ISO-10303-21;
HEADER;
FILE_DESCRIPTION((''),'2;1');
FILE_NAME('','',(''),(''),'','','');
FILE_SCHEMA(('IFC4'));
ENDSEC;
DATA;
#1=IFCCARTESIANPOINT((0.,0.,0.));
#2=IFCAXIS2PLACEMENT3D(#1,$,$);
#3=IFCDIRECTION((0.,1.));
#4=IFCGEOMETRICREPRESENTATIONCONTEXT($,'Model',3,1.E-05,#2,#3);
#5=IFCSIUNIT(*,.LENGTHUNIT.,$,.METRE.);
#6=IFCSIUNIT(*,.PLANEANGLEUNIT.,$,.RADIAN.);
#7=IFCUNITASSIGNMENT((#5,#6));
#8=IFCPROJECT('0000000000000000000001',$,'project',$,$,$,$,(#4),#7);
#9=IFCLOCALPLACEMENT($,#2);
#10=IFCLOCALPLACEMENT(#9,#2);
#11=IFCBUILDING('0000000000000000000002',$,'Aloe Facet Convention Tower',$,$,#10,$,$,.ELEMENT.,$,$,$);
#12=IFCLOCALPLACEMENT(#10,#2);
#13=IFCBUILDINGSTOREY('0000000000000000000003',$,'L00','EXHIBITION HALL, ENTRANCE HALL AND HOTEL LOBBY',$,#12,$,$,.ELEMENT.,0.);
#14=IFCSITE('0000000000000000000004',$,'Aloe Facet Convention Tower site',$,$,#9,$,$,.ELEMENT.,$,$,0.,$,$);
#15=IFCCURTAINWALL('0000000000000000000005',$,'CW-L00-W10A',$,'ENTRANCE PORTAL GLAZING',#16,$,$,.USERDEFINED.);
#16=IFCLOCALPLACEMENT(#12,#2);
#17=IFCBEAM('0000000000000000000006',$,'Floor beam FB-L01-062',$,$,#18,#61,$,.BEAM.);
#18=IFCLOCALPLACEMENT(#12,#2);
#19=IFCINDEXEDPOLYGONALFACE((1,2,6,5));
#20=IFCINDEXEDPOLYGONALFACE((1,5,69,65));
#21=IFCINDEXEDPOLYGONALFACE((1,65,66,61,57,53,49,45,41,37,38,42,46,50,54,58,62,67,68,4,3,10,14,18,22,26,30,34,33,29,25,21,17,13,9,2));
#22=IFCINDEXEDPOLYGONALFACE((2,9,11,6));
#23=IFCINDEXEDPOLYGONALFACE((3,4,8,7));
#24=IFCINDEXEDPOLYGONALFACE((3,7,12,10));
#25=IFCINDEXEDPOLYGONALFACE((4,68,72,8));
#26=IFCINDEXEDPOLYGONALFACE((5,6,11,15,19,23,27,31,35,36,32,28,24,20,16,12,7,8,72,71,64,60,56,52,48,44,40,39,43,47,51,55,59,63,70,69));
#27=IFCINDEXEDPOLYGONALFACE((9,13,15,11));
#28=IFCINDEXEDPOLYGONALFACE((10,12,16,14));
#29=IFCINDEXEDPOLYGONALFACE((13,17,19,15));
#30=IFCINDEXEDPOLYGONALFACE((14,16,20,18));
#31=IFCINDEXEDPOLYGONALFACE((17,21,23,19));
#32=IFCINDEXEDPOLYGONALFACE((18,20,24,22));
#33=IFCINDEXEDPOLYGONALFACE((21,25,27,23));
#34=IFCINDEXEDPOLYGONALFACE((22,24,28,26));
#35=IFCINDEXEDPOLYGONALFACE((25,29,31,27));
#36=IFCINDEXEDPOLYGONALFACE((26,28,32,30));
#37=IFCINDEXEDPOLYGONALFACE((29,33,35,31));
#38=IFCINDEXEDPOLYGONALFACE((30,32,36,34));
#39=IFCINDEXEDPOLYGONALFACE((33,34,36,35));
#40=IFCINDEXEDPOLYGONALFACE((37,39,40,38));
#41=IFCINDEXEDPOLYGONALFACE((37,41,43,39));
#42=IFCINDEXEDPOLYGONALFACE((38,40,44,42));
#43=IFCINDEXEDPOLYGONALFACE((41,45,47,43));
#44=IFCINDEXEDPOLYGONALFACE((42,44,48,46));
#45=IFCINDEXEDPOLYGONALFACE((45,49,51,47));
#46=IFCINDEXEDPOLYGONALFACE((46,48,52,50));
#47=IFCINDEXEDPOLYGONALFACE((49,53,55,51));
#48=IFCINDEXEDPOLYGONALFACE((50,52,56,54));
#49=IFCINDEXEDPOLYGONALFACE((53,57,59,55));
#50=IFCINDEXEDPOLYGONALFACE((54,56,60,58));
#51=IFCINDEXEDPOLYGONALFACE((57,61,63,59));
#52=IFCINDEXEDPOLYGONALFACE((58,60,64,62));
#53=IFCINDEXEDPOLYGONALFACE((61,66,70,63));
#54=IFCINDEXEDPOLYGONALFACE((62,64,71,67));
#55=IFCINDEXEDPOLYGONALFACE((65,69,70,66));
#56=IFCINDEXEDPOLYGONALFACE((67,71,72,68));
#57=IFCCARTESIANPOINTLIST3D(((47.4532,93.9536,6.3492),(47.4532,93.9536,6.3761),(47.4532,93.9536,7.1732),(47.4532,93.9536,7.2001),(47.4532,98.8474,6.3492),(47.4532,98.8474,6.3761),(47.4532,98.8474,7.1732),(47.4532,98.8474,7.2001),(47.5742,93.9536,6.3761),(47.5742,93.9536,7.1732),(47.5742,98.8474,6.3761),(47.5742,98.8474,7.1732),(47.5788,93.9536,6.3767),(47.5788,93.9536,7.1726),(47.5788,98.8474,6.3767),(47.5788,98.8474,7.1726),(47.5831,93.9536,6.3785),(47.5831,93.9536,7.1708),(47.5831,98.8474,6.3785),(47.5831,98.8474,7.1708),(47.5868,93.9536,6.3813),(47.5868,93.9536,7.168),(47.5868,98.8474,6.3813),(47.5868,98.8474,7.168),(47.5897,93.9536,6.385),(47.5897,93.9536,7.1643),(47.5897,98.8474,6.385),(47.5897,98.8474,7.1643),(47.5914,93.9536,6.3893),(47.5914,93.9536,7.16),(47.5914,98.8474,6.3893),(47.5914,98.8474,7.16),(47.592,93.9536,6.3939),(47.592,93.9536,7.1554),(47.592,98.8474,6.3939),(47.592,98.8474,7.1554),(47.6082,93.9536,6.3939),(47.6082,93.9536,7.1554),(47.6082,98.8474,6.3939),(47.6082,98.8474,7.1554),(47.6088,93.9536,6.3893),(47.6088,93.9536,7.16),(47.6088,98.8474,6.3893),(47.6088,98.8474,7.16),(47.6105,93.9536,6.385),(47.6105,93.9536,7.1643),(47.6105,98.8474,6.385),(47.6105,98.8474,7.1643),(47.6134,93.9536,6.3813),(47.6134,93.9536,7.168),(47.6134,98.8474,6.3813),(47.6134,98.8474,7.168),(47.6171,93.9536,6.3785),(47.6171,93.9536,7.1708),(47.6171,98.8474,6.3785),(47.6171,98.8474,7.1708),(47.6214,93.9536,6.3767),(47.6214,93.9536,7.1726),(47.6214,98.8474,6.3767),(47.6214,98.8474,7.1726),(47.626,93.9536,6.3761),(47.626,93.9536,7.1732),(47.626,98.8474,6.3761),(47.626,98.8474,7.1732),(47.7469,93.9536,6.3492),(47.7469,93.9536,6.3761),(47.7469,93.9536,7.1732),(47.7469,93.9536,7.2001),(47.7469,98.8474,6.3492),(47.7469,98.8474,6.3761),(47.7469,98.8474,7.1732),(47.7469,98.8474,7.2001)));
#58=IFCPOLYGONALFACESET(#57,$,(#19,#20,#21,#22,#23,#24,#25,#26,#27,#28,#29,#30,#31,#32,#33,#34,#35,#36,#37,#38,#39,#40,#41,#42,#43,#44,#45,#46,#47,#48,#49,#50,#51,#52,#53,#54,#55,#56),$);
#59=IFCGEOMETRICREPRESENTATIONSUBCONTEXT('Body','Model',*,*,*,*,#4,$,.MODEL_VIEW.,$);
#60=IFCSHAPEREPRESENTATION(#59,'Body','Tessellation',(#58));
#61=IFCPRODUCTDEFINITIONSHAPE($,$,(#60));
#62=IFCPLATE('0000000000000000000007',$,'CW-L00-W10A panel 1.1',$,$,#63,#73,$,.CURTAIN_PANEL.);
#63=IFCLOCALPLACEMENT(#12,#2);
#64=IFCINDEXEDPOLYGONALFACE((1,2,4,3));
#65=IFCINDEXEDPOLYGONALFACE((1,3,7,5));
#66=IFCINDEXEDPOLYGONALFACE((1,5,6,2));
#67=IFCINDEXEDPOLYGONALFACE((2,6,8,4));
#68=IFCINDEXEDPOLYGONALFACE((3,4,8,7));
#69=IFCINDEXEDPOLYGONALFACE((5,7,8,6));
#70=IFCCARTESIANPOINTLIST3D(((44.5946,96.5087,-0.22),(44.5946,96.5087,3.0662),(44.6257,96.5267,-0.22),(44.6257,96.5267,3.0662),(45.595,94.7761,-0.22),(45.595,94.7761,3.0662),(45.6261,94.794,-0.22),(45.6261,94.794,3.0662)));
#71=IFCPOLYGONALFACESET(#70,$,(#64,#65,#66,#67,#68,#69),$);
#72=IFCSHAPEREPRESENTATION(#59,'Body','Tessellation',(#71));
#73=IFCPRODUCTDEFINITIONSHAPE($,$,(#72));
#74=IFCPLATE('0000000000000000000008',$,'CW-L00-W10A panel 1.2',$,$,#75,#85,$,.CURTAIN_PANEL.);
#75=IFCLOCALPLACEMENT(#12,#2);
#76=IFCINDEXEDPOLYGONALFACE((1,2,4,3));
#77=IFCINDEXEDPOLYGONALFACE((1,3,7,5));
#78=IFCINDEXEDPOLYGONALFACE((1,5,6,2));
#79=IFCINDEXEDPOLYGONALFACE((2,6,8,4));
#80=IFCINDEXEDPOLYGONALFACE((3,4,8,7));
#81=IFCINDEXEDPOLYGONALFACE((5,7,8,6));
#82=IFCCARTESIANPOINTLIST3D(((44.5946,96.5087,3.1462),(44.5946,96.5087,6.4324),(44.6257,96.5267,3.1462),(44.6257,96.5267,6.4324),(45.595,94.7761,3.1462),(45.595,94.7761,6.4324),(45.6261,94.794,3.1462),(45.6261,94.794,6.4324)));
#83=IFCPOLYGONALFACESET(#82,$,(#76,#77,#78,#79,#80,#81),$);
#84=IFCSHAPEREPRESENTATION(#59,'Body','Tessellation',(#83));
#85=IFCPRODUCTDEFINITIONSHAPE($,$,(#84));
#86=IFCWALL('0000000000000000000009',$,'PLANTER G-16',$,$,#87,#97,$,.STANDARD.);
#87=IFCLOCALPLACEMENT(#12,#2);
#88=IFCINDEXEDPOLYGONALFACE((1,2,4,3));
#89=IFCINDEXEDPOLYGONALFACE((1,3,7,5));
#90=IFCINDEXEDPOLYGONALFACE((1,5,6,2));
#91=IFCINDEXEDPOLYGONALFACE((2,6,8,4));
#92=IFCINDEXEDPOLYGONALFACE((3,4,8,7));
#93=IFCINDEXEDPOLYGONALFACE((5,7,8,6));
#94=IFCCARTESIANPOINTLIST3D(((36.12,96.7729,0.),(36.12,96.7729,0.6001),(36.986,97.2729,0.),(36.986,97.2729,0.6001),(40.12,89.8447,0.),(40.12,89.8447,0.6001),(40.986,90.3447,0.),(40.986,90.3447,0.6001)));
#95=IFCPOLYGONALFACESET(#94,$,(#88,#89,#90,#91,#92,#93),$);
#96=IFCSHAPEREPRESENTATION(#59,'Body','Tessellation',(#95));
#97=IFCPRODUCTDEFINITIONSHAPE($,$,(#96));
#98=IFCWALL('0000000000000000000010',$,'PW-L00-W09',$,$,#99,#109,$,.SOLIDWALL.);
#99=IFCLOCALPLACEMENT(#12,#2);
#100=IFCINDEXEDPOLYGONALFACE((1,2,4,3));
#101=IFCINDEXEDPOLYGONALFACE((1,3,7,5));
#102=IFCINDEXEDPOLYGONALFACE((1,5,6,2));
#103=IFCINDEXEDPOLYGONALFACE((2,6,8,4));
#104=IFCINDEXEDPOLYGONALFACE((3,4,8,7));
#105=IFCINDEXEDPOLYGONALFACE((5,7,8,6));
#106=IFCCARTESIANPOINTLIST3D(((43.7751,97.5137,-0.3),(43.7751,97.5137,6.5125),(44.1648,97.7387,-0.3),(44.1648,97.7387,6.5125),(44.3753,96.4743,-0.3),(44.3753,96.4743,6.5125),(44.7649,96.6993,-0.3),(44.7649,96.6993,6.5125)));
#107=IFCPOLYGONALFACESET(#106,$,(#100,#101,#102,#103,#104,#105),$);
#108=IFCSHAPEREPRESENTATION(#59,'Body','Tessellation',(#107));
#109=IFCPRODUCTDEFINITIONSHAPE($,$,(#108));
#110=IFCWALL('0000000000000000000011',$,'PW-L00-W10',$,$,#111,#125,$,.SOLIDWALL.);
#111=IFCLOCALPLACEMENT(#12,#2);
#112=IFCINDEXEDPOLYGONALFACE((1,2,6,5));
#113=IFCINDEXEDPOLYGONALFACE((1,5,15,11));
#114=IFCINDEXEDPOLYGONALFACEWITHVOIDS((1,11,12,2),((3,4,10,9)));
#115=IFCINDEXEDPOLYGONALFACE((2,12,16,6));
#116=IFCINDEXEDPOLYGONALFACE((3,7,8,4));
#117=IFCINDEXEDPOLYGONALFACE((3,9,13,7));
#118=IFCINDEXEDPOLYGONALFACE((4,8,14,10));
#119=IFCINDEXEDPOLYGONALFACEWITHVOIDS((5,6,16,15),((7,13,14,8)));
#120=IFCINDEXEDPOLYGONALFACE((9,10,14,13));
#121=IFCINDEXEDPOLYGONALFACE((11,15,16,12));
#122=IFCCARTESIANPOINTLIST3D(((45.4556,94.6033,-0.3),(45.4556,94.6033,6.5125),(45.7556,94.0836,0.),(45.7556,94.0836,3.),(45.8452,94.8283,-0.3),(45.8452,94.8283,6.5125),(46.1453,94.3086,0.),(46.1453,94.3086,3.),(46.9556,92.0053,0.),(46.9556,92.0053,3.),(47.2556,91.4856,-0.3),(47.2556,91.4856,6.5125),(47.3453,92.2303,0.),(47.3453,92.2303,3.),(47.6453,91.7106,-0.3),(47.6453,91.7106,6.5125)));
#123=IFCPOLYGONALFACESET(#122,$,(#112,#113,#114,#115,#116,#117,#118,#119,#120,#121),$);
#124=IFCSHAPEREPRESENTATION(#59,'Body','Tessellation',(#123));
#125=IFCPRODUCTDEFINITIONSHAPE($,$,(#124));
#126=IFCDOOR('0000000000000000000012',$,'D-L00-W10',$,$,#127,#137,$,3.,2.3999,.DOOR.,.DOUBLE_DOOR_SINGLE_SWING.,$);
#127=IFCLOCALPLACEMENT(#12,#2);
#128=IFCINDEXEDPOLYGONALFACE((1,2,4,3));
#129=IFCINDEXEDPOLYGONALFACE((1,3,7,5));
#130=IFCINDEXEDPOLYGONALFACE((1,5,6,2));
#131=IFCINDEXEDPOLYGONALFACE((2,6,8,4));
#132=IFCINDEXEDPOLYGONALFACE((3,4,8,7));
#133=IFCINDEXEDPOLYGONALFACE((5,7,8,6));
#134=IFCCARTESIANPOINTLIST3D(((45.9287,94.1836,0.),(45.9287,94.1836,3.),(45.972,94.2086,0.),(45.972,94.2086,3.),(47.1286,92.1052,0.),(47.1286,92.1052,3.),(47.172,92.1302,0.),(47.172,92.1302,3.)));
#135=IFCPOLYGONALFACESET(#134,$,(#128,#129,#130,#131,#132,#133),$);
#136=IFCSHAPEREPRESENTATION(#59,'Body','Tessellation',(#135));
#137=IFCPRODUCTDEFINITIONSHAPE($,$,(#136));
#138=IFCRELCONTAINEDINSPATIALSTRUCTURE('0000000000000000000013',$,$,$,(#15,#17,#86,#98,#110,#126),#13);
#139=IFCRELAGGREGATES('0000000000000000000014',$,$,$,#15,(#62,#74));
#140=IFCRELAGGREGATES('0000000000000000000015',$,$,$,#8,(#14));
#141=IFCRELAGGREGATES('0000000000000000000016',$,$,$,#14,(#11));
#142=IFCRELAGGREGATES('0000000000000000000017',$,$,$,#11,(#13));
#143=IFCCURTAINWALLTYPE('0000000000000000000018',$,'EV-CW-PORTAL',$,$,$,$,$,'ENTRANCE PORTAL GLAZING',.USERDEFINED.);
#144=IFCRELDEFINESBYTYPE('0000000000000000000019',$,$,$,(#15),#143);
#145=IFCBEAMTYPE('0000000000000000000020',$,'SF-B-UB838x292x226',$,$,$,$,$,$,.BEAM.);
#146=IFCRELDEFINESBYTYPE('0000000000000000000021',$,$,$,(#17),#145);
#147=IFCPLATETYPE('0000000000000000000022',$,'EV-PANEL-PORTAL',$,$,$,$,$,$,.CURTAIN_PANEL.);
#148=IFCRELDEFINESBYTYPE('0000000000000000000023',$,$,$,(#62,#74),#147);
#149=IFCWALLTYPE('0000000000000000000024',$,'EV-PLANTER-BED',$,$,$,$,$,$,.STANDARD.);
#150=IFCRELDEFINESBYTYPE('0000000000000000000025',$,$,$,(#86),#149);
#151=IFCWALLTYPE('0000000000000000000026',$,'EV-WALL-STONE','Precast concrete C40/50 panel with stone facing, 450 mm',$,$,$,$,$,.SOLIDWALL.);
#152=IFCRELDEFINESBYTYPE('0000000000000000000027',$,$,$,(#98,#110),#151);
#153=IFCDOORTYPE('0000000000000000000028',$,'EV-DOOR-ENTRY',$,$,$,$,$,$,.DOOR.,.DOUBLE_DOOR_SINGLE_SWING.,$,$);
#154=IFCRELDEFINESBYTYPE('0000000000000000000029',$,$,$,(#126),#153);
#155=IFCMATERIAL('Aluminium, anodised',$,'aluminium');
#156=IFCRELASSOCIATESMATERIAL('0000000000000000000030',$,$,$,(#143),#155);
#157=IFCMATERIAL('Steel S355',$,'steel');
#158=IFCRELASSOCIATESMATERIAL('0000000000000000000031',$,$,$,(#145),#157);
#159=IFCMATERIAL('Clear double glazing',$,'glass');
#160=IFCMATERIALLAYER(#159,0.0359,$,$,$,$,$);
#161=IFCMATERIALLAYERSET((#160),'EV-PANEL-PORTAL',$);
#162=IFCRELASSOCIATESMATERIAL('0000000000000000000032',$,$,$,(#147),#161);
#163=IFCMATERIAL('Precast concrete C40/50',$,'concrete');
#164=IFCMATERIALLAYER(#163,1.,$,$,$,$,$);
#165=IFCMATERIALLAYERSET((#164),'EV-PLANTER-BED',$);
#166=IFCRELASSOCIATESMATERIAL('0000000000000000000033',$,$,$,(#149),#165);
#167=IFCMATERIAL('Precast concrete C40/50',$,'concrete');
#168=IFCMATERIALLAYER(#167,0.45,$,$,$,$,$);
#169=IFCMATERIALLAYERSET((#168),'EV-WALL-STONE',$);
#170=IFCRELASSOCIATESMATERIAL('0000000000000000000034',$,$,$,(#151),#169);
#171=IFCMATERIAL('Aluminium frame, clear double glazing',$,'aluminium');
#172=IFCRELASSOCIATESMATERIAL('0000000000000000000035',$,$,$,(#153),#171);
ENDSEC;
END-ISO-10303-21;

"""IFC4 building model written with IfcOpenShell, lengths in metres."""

from ifc_helpers import new_model, si_unit, direction, frame, frame_2d, origin, origin_2d, place, context, subcontext, project, spatial, rectangle, i_section, extrude, material, layer, layer_set, material_profile, profile_set, type_object, element, fill, aggregate, save


model = new_model("IFC4")

# Units and contexts
model_context = context("Model", 3, precision=1e-05, world=origin(), true_north=direction((0.0, 1.0)))
body_context = subcontext(model_context, "Body", "Model", "MODEL_VIEW")
ifc_project = project(units=[si_unit("LENGTHUNIT", "METRE"), si_unit("PLANEANGLEUNIT", "RADIAN")], contexts=[model_context])

# Site, building, storey
site_placement = place(None, origin())
site = spatial("IfcSite", under=ifc_project, at=site_placement, Name="Aloe Facet Convention Tower site", CompositionType="ELEMENT", RefElevation=0.0)
building_placement = place(site_placement, origin())
building = spatial("IfcBuilding", under=site, at=building_placement, Name="Aloe Facet Convention Tower", CompositionType="ELEMENT")
storey_placement = place(building_placement, origin())
storey = spatial("IfcBuildingStorey", under=building, at=storey_placement, Name="L00", Description="EXHIBITION HALL, ENTRANCE HALL AND HOTEL LOBBY", CompositionType="ELEMENT", Elevation=0.0)

# Shared definitions
ifc_material_1 = material(Name="Aluminium, anodised", Category="aluminium")
curtain_wall_type = type_object("IfcCurtainWallType", Name="EV-CW-PORTAL", ElementType="ENTRANCE PORTAL GLAZING", PredefinedType="USERDEFINED", material=ifc_material_1)

# Curtain wall
curtain_wall_1_placement = place(storey_placement, origin())
curtain_wall_1 = element("IfcCurtainWall", 1, at=curtain_wall_1_placement, inside=storey, type_object=curtain_wall_type, Name="CW-L00-W10A", ObjectType="ENTRANCE PORTAL GLAZING", PredefinedType="USERDEFINED")

# Beam
ifc_material_2 = material(Name="Steel S355", Category="steel")
ifc_material_profile_1 = material_profile(ifc_material_2, i_section(OverallWidth=0.2937, OverallDepth=0.8508, WebThickness=0.0161, FlangeThickness=0.0269, FilletRadius=0.0178, at=origin_2d()), Name="UB 838x292x226")
ifc_profile_set_1 = profile_set([ifc_material_profile_1], Name="Steel S355")
beam_type_1 = type_object("IfcBeamType", Name="SF-B-UB838x292x226", PredefinedType="BEAM", material=ifc_profile_set_1)
beam_1_placement = place(storey_placement, frame((47.6001, 93.9536, 6.7747), z_axis=(0.0, 1.0, 0.0), x_axis=(-1.0, 0.0, 0.0)))
element("IfcBeam", 2, at=beam_1_placement, inside=storey, type_object=beam_type_1, Name="Floor beam FB-L01-062", PredefinedType="BEAM", context=body_context, shape_type="SweptSolid", body=[
    extrude(i_section(OverallWidth=0.2937, OverallDepth=0.8508, WebThickness=0.0161, FlangeThickness=0.0269, FilletRadius=0.0178, at=origin_2d()), origin(), (0.0, 0.0, 1.0), 4.8938),
])

# Plates
ifc_material_3 = material(Name="Clear double glazing", Category="glass")
ifc_layer_1 = layer(ifc_material_3, 0.0359)
ifc_layer_set_1 = layer_set([ifc_layer_1], Name="EV-PANEL-PORTAL")
plate_type = type_object("IfcPlateType", Name="EV-PANEL-PORTAL", PredefinedType="CURTAIN_PANEL", material=ifc_layer_set_1)
plate_1_placement = place(storey_placement, frame((45.1104, 95.6514, -0.22), z_axis=(0.0, 0.0, 1.0), x_axis=(0.5, -0.866025, 0.0)))
plate_1 = element("IfcPlate", 3, at=plate_1_placement, type_object=plate_type, Name="CW-L00-W10A panel 1.1", PredefinedType="CURTAIN_PANEL", context=body_context, shape_type="SweptSolid", body=[
    extrude(rectangle(XDim=2.0007, YDim=0.0359, at=origin_2d()), origin(), (0.0, 0.0, 1.0), 3.2861),
])
plate_2_placement = place(storey_placement, frame((45.1104, 95.6514, 3.1462), z_axis=(0.0, 0.0, 1.0), x_axis=(0.5, -0.866025, 0.0)))
plate_2 = element("IfcPlate", 4, at=plate_2_placement, type_object=plate_type, Name="CW-L00-W10A panel 1.2", PredefinedType="CURTAIN_PANEL", context=body_context, shape_type="SweptSolid", body=[
    extrude(rectangle(XDim=2.0007, YDim=0.0359, at=origin_2d()), origin(), (0.0, 0.0, 1.0), 3.2861),
])
aggregate(curtain_wall_1, [plate_1, plate_2])

# Walls
ifc_material_4 = material(Name="Precast concrete C40/50", Category="concrete")
ifc_layer_2 = layer(ifc_material_4, 1.0)
ifc_layer_set_2 = layer_set([ifc_layer_2], Name="EV-PLANTER-BED")
wall_type_1 = type_object("IfcWallType", Name="EV-PLANTER-BED", PredefinedType="STANDARD", material=ifc_layer_set_2)
wall_1_placement = place(storey_placement, frame((40.553, 90.0947, 0.0), z_axis=(0.0, 0.0, 1.0), x_axis=(-0.499999, 0.866026, 0.0)))
element("IfcWall", 5, at=wall_1_placement, inside=storey, type_object=wall_type_1, Name="PLANTER G-16", PredefinedType="STANDARD", context=body_context, shape_type="SweptSolid", body=[
    extrude(rectangle(XDim=8.0, YDim=1.0, at=frame_2d((4.0, 0.0))), origin(), (0.0, 0.0, 1.0), 0.6001),
])
ifc_material_5 = material(Name="Precast concrete C40/50", Category="concrete")
ifc_layer_3 = layer(ifc_material_5, 0.45)
ifc_layer_set_3 = layer_set([ifc_layer_3], Name="EV-WALL-STONE")
wall_type_2 = type_object("IfcWallType", Name="EV-WALL-STONE", Description="Precast concrete C40/50 panel with stone facing, 450 mm", PredefinedType="SOLIDWALL", material=ifc_layer_set_3)
wall_2_placement = place(storey_placement, frame((43.97, 97.6262, -0.3), z_axis=(0.0, 0.0, 1.0), x_axis=(0.500034, -0.866006, 0.0)))
element("IfcWall", 6, at=wall_2_placement, inside=storey, type_object=wall_type_2, Name="PW-L00-W09", PredefinedType="SOLIDWALL", context=body_context, shape_type="SweptSolid", body=[
    extrude(rectangle(XDim=1.2002, YDim=0.45, at=frame_2d((0.6001, 0.0))), origin(), (0.0, 0.0, 1.0), 6.8125),
])

# Wall, opening, door
wall_3_placement = place(storey_placement, frame((45.6504, 94.7158, -0.3), z_axis=(0.0, 0.0, 1.0), x_axis=(0.500012, -0.866018, 0.0)))
wall_3 = element("IfcWall", 7, at=wall_3_placement, inside=storey, type_object=wall_type_2, Name="PW-L00-W10", PredefinedType="SOLIDWALL", context=body_context, shape_type="SweptSolid", body=[
    extrude(rectangle(XDim=3.6001, YDim=0.45, at=frame_2d((1.8, 0.0))), origin(), (0.0, 0.0, 1.0), 6.8125),
])
opening_placement = place(wall_3_placement, frame((0.6001, 0.0, 0.3)))
opening = element("IfcOpeningElement", 8, at=opening_placement, cuts=wall_3, PredefinedType="OPENING", context=body_context, shape_type="SweptSolid", body=[
    extrude(rectangle(XDim=2.3999, YDim=3.0, at=frame_2d((1.2, 1.5))), frame((0.0, 0.2349, 0.0), z_axis=(0.0, -1.0, 0.0), x_axis=(1.0, 0.0, 0.0)), (0.0, 0.0, 1.0), 0.47),
])
ifc_material_6 = material(Name="Aluminium frame, clear double glazing", Category="aluminium")
door_type = type_object("IfcDoorType", Name="EV-DOOR-ENTRY", OperationType="DOUBLE_DOOR_SINGLE_SWING", PredefinedType="DOOR", material=ifc_material_6)
door_placement = place(opening_placement, origin())
door = element("IfcDoor", 9, at=door_placement, inside=storey, type_object=door_type, Name="D-L00-W10", OperationType="DOUBLE_DOOR_SINGLE_SWING", OverallHeight=3.0, OverallWidth=2.3999, PredefinedType="DOOR", context=body_context, shape_type="SweptSolid", body=[
    extrude(rectangle(XDim=2.3999, YDim=3.0, at=frame_2d((1.2, 1.5))), frame((0.0, 0.0249, 0.0), z_axis=(0.0, -1.0, 0.0), x_axis=(1.0, 0.0, 0.0)), (0.0, 0.0, 1.0), 0.05),
])
fill(opening, door)

save(model, "model.ifc")
